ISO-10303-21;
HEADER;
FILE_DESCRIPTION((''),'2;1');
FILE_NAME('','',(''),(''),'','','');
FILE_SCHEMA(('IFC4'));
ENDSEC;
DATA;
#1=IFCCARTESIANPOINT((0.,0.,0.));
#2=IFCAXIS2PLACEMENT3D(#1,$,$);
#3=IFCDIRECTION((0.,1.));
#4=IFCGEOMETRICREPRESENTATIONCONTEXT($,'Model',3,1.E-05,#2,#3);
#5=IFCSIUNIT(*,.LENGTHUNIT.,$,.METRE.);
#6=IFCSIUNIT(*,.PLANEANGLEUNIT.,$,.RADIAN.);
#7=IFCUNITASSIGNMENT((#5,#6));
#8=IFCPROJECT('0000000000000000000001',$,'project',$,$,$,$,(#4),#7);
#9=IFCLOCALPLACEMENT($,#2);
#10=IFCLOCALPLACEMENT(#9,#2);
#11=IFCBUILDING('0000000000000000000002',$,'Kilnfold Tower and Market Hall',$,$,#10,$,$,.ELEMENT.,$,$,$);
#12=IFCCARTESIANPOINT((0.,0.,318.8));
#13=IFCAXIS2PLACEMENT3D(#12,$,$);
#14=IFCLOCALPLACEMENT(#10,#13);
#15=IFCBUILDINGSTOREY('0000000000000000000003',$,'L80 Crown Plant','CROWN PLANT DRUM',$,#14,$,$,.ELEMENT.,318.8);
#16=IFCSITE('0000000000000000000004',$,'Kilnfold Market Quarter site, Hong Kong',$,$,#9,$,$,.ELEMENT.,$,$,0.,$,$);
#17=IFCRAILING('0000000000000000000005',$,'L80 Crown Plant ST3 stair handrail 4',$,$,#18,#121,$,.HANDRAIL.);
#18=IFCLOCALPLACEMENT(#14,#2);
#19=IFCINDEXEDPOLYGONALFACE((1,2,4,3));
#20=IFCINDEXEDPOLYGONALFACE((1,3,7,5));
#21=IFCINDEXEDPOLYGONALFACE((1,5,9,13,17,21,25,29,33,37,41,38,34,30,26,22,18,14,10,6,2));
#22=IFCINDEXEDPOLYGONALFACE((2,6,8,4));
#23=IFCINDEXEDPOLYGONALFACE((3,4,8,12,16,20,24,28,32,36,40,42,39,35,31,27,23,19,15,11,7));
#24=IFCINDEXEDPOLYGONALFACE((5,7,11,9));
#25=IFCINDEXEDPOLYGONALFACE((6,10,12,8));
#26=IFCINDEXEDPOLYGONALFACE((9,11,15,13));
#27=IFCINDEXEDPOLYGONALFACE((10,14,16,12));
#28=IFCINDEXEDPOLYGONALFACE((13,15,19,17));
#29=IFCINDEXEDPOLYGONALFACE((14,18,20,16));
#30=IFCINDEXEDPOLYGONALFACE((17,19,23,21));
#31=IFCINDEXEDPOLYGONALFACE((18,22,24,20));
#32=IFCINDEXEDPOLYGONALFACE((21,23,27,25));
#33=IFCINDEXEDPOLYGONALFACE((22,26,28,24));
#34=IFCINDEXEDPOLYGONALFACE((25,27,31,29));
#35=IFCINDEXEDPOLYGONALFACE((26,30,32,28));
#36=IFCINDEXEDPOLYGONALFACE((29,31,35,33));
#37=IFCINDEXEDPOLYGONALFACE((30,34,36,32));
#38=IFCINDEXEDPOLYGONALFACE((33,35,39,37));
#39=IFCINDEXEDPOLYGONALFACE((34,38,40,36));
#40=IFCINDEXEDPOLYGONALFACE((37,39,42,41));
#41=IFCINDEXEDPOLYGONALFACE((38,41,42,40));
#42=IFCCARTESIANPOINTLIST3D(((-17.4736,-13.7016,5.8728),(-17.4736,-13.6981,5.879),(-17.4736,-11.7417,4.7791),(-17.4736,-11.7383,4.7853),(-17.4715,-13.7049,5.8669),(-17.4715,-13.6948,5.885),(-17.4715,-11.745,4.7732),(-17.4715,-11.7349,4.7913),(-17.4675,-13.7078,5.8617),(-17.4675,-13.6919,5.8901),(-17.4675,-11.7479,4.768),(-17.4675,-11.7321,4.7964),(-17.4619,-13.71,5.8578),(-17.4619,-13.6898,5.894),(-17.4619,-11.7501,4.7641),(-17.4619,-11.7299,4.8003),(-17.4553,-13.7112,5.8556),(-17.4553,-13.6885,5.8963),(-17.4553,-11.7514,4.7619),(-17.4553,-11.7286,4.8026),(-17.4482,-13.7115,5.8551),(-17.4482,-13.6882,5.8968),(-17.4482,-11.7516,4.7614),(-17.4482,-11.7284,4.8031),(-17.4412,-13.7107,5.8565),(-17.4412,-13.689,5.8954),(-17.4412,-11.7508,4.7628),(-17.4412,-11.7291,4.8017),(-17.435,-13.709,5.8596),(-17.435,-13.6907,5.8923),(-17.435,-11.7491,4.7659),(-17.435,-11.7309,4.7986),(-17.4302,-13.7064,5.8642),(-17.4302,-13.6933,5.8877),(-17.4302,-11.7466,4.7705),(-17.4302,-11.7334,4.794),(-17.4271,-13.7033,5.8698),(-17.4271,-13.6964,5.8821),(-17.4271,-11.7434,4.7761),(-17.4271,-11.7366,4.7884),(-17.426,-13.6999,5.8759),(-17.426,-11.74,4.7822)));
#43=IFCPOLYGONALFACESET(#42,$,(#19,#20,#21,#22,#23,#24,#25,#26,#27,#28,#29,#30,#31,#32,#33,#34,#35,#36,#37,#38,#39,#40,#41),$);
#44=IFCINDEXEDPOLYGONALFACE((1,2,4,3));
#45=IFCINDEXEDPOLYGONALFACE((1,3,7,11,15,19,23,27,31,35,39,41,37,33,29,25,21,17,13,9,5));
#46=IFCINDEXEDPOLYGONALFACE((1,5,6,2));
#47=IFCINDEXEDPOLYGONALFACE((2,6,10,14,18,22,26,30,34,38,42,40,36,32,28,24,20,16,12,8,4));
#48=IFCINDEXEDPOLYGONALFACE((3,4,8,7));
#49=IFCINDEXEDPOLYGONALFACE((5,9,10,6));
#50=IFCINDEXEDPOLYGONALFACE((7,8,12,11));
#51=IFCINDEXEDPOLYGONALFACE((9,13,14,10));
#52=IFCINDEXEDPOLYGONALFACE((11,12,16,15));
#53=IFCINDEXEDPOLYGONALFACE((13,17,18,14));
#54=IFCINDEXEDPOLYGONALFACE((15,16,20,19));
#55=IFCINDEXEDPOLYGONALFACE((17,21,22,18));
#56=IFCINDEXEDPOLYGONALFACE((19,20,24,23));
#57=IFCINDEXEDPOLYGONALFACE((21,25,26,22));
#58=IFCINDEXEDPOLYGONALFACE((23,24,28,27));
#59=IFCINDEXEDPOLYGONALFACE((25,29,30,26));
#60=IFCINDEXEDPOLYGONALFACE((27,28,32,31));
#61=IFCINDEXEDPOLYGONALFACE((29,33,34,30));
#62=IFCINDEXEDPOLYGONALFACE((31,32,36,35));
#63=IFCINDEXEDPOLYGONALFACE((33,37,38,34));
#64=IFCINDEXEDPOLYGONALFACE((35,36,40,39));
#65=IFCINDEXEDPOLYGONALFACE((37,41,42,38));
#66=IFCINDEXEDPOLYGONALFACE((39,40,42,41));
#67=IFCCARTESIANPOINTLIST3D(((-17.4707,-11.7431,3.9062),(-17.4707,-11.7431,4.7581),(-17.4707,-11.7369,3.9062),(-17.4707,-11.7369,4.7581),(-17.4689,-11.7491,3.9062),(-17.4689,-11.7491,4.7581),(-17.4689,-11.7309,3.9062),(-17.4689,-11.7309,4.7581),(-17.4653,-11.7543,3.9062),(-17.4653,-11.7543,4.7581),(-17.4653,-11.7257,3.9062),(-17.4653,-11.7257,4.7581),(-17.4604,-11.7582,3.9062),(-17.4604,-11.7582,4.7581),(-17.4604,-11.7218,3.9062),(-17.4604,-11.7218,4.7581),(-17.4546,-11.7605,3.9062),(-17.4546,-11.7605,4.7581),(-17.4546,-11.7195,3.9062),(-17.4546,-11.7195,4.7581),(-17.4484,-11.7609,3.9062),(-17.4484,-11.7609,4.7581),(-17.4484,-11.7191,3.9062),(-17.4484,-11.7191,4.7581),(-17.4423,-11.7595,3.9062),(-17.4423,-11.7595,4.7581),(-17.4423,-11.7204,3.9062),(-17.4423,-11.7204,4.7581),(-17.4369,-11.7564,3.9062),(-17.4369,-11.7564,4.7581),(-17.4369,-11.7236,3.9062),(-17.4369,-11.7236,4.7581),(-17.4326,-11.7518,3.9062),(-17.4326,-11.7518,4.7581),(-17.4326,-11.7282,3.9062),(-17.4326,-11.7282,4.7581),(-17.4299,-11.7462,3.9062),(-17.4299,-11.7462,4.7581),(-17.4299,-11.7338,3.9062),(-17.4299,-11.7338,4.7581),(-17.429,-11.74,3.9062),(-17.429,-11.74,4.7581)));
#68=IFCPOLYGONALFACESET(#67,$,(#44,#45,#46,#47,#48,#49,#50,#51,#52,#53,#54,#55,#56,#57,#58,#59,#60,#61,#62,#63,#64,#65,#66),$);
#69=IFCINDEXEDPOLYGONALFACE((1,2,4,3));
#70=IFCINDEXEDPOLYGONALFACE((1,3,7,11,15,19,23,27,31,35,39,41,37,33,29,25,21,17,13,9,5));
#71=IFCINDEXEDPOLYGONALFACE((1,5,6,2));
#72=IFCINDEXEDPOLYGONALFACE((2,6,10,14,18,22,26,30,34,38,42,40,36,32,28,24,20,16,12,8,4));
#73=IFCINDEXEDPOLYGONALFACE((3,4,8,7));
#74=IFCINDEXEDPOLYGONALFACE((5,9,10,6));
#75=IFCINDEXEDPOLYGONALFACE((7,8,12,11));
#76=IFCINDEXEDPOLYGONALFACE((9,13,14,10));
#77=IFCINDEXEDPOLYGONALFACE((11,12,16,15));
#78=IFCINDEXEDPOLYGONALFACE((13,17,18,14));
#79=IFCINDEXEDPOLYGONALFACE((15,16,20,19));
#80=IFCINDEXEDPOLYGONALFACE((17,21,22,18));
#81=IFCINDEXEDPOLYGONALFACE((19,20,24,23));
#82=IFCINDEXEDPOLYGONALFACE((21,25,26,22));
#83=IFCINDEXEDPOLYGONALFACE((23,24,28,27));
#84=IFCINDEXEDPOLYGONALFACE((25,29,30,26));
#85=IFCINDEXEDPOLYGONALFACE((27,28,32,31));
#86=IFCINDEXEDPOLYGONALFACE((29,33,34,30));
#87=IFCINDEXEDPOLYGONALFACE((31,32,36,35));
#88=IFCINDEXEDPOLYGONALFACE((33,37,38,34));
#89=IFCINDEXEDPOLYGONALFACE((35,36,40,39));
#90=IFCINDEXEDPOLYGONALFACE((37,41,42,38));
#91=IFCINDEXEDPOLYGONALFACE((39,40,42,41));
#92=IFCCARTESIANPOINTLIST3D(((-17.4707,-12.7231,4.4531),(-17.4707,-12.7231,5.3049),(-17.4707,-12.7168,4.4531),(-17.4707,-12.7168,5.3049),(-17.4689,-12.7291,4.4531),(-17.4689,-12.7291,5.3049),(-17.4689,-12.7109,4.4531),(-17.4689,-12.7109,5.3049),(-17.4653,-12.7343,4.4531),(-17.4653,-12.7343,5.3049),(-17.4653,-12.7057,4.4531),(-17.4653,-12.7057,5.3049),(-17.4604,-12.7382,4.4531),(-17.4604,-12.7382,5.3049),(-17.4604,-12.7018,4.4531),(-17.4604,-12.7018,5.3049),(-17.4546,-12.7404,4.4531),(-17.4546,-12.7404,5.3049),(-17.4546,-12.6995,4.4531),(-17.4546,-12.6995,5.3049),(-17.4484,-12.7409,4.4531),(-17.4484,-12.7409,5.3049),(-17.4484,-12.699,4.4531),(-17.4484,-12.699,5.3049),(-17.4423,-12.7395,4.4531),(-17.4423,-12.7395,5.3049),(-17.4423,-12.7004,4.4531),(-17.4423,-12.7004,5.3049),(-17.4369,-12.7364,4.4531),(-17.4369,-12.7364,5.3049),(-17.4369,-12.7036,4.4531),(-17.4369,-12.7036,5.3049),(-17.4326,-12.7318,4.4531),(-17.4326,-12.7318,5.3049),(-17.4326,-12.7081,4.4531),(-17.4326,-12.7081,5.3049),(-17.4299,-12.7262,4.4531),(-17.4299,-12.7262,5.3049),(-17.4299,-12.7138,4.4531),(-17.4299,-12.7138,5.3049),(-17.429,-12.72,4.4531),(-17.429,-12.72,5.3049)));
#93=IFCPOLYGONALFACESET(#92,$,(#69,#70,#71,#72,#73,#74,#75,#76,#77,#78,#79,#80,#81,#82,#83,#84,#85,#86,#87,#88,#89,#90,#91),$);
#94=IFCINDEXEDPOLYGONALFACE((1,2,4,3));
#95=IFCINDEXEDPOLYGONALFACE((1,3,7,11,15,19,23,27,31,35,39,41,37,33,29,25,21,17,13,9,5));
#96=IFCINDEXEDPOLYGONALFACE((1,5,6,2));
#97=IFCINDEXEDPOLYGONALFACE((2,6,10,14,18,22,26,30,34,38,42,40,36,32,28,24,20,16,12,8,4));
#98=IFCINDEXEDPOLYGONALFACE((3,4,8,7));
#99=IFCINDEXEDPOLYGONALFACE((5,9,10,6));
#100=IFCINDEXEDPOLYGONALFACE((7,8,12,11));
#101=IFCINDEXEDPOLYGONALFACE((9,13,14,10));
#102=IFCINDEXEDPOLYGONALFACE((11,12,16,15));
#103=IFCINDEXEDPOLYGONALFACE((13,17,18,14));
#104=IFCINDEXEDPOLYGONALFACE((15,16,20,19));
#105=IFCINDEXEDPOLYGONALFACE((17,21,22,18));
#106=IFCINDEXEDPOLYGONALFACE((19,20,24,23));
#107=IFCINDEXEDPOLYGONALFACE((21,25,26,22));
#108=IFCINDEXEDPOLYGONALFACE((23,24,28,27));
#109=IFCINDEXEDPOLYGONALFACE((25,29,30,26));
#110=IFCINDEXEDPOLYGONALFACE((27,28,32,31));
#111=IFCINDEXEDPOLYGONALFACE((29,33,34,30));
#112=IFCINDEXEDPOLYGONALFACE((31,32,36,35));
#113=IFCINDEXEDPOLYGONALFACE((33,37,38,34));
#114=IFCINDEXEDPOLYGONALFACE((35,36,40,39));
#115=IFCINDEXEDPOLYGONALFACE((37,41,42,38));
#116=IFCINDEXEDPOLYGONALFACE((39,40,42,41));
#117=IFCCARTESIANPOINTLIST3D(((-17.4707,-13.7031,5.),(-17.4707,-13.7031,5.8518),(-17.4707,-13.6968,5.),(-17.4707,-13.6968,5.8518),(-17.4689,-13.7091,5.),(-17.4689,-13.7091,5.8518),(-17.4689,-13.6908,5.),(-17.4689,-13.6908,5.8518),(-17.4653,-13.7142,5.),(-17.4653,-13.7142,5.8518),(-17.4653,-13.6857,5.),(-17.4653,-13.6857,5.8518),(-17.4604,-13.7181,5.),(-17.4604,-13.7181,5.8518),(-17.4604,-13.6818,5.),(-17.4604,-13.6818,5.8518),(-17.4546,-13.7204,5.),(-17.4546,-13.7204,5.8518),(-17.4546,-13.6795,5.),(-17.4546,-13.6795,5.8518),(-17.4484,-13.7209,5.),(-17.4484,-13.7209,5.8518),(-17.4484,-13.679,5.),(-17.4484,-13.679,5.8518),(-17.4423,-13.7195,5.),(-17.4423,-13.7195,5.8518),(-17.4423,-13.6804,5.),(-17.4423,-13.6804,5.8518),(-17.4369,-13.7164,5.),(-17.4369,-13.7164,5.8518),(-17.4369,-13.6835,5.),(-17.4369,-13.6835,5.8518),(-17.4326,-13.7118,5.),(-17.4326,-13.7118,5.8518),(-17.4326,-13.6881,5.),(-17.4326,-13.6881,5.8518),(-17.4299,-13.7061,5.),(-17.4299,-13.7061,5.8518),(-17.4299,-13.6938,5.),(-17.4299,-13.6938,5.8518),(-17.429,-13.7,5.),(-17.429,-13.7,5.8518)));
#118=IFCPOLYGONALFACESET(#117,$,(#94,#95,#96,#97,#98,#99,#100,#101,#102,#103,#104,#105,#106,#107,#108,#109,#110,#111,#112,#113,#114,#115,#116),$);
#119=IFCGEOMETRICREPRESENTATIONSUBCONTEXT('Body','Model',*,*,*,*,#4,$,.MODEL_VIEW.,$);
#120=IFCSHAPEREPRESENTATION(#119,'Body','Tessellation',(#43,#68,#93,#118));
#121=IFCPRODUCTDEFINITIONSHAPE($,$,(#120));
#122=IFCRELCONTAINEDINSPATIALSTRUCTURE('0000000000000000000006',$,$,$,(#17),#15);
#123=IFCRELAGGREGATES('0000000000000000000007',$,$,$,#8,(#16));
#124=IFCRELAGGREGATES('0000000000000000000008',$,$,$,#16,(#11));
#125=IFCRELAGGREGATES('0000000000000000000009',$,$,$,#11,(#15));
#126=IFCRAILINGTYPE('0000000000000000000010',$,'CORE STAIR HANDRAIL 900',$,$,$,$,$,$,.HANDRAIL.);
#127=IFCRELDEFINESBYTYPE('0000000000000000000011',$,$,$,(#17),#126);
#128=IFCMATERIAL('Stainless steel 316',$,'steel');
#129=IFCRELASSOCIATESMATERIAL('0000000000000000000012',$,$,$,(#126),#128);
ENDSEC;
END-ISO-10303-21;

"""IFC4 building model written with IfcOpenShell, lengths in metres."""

from ifc_helpers import new_model, si_unit, direction, frame, origin, origin_2d, place, context, subcontext, project, spatial, circle, extrude, material, type_object, element, save


model = new_model("IFC4")

# Units and contexts
model_context = context("Model", 3, precision=1e-05, world=origin(), true_north=direction((0.0, 1.0)))
body_context = subcontext(model_context, "Body", "Model", "MODEL_VIEW")
ifc_project = project(units=[si_unit("LENGTHUNIT", "METRE"), si_unit("PLANEANGLEUNIT", "RADIAN")], contexts=[model_context])

# Site, building, storey
site_placement = place(None, origin())
site = spatial("IfcSite", under=ifc_project, at=site_placement, Name="Kilnfold Market Quarter site, Hong Kong", CompositionType="ELEMENT", RefElevation=0.0)
building_placement = place(site_placement, origin())
building = spatial("IfcBuilding", under=site, at=building_placement, Name="Kilnfold Tower and Market Hall", CompositionType="ELEMENT")
storey_placement = place(building_placement, frame((0.0, 0.0, 318.8)))
storey = spatial("IfcBuildingStorey", under=building, at=storey_placement, Name="L80 Crown Plant", Description="CROWN PLANT DRUM", CompositionType="ELEMENT", Elevation=318.8)

# Railing
ifc_material_1 = material(Name="Stainless steel 316", Category="steel")
railing_type_1 = type_object("IfcRailingType", Name="CORE STAIR HANDRAIL 900", PredefinedType="HANDRAIL", material=ifc_material_1)
railing_1_placement = place(storey_placement, frame((-17.45, -11.74, 3.9062)))
element("IfcRailing", 1, at=railing_1_placement, inside=storey, type_object=railing_type_1, Name="L80 Crown Plant ST3 stair handrail 4", PredefinedType="HANDRAIL", context=body_context, shape_type="SweptSolid", body=[
    extrude(circle(Radius=0.0239, at=origin_2d()), frame((0.0, 0.0, 0.876), z_axis=(0.0, -0.873232, 0.487304), x_axis=(1.0, 0.0, 0.0)), (0.0, 0.0, 1.0), 2.2444),
    extrude(circle(Radius=0.021, at=origin_2d()), origin(), (0.0, 0.0, 1.0), 0.8518),
    extrude(circle(Radius=0.021, at=origin_2d()), frame((0.0, -0.98, 0.5469)), (0.0, 0.0, 1.0), 0.8518),
    extrude(circle(Radius=0.021, at=origin_2d()), frame((0.0, -1.96, 1.0938)), (0.0, 0.0, 1.0), 0.8518),
])

save(model, "model.ifc")
